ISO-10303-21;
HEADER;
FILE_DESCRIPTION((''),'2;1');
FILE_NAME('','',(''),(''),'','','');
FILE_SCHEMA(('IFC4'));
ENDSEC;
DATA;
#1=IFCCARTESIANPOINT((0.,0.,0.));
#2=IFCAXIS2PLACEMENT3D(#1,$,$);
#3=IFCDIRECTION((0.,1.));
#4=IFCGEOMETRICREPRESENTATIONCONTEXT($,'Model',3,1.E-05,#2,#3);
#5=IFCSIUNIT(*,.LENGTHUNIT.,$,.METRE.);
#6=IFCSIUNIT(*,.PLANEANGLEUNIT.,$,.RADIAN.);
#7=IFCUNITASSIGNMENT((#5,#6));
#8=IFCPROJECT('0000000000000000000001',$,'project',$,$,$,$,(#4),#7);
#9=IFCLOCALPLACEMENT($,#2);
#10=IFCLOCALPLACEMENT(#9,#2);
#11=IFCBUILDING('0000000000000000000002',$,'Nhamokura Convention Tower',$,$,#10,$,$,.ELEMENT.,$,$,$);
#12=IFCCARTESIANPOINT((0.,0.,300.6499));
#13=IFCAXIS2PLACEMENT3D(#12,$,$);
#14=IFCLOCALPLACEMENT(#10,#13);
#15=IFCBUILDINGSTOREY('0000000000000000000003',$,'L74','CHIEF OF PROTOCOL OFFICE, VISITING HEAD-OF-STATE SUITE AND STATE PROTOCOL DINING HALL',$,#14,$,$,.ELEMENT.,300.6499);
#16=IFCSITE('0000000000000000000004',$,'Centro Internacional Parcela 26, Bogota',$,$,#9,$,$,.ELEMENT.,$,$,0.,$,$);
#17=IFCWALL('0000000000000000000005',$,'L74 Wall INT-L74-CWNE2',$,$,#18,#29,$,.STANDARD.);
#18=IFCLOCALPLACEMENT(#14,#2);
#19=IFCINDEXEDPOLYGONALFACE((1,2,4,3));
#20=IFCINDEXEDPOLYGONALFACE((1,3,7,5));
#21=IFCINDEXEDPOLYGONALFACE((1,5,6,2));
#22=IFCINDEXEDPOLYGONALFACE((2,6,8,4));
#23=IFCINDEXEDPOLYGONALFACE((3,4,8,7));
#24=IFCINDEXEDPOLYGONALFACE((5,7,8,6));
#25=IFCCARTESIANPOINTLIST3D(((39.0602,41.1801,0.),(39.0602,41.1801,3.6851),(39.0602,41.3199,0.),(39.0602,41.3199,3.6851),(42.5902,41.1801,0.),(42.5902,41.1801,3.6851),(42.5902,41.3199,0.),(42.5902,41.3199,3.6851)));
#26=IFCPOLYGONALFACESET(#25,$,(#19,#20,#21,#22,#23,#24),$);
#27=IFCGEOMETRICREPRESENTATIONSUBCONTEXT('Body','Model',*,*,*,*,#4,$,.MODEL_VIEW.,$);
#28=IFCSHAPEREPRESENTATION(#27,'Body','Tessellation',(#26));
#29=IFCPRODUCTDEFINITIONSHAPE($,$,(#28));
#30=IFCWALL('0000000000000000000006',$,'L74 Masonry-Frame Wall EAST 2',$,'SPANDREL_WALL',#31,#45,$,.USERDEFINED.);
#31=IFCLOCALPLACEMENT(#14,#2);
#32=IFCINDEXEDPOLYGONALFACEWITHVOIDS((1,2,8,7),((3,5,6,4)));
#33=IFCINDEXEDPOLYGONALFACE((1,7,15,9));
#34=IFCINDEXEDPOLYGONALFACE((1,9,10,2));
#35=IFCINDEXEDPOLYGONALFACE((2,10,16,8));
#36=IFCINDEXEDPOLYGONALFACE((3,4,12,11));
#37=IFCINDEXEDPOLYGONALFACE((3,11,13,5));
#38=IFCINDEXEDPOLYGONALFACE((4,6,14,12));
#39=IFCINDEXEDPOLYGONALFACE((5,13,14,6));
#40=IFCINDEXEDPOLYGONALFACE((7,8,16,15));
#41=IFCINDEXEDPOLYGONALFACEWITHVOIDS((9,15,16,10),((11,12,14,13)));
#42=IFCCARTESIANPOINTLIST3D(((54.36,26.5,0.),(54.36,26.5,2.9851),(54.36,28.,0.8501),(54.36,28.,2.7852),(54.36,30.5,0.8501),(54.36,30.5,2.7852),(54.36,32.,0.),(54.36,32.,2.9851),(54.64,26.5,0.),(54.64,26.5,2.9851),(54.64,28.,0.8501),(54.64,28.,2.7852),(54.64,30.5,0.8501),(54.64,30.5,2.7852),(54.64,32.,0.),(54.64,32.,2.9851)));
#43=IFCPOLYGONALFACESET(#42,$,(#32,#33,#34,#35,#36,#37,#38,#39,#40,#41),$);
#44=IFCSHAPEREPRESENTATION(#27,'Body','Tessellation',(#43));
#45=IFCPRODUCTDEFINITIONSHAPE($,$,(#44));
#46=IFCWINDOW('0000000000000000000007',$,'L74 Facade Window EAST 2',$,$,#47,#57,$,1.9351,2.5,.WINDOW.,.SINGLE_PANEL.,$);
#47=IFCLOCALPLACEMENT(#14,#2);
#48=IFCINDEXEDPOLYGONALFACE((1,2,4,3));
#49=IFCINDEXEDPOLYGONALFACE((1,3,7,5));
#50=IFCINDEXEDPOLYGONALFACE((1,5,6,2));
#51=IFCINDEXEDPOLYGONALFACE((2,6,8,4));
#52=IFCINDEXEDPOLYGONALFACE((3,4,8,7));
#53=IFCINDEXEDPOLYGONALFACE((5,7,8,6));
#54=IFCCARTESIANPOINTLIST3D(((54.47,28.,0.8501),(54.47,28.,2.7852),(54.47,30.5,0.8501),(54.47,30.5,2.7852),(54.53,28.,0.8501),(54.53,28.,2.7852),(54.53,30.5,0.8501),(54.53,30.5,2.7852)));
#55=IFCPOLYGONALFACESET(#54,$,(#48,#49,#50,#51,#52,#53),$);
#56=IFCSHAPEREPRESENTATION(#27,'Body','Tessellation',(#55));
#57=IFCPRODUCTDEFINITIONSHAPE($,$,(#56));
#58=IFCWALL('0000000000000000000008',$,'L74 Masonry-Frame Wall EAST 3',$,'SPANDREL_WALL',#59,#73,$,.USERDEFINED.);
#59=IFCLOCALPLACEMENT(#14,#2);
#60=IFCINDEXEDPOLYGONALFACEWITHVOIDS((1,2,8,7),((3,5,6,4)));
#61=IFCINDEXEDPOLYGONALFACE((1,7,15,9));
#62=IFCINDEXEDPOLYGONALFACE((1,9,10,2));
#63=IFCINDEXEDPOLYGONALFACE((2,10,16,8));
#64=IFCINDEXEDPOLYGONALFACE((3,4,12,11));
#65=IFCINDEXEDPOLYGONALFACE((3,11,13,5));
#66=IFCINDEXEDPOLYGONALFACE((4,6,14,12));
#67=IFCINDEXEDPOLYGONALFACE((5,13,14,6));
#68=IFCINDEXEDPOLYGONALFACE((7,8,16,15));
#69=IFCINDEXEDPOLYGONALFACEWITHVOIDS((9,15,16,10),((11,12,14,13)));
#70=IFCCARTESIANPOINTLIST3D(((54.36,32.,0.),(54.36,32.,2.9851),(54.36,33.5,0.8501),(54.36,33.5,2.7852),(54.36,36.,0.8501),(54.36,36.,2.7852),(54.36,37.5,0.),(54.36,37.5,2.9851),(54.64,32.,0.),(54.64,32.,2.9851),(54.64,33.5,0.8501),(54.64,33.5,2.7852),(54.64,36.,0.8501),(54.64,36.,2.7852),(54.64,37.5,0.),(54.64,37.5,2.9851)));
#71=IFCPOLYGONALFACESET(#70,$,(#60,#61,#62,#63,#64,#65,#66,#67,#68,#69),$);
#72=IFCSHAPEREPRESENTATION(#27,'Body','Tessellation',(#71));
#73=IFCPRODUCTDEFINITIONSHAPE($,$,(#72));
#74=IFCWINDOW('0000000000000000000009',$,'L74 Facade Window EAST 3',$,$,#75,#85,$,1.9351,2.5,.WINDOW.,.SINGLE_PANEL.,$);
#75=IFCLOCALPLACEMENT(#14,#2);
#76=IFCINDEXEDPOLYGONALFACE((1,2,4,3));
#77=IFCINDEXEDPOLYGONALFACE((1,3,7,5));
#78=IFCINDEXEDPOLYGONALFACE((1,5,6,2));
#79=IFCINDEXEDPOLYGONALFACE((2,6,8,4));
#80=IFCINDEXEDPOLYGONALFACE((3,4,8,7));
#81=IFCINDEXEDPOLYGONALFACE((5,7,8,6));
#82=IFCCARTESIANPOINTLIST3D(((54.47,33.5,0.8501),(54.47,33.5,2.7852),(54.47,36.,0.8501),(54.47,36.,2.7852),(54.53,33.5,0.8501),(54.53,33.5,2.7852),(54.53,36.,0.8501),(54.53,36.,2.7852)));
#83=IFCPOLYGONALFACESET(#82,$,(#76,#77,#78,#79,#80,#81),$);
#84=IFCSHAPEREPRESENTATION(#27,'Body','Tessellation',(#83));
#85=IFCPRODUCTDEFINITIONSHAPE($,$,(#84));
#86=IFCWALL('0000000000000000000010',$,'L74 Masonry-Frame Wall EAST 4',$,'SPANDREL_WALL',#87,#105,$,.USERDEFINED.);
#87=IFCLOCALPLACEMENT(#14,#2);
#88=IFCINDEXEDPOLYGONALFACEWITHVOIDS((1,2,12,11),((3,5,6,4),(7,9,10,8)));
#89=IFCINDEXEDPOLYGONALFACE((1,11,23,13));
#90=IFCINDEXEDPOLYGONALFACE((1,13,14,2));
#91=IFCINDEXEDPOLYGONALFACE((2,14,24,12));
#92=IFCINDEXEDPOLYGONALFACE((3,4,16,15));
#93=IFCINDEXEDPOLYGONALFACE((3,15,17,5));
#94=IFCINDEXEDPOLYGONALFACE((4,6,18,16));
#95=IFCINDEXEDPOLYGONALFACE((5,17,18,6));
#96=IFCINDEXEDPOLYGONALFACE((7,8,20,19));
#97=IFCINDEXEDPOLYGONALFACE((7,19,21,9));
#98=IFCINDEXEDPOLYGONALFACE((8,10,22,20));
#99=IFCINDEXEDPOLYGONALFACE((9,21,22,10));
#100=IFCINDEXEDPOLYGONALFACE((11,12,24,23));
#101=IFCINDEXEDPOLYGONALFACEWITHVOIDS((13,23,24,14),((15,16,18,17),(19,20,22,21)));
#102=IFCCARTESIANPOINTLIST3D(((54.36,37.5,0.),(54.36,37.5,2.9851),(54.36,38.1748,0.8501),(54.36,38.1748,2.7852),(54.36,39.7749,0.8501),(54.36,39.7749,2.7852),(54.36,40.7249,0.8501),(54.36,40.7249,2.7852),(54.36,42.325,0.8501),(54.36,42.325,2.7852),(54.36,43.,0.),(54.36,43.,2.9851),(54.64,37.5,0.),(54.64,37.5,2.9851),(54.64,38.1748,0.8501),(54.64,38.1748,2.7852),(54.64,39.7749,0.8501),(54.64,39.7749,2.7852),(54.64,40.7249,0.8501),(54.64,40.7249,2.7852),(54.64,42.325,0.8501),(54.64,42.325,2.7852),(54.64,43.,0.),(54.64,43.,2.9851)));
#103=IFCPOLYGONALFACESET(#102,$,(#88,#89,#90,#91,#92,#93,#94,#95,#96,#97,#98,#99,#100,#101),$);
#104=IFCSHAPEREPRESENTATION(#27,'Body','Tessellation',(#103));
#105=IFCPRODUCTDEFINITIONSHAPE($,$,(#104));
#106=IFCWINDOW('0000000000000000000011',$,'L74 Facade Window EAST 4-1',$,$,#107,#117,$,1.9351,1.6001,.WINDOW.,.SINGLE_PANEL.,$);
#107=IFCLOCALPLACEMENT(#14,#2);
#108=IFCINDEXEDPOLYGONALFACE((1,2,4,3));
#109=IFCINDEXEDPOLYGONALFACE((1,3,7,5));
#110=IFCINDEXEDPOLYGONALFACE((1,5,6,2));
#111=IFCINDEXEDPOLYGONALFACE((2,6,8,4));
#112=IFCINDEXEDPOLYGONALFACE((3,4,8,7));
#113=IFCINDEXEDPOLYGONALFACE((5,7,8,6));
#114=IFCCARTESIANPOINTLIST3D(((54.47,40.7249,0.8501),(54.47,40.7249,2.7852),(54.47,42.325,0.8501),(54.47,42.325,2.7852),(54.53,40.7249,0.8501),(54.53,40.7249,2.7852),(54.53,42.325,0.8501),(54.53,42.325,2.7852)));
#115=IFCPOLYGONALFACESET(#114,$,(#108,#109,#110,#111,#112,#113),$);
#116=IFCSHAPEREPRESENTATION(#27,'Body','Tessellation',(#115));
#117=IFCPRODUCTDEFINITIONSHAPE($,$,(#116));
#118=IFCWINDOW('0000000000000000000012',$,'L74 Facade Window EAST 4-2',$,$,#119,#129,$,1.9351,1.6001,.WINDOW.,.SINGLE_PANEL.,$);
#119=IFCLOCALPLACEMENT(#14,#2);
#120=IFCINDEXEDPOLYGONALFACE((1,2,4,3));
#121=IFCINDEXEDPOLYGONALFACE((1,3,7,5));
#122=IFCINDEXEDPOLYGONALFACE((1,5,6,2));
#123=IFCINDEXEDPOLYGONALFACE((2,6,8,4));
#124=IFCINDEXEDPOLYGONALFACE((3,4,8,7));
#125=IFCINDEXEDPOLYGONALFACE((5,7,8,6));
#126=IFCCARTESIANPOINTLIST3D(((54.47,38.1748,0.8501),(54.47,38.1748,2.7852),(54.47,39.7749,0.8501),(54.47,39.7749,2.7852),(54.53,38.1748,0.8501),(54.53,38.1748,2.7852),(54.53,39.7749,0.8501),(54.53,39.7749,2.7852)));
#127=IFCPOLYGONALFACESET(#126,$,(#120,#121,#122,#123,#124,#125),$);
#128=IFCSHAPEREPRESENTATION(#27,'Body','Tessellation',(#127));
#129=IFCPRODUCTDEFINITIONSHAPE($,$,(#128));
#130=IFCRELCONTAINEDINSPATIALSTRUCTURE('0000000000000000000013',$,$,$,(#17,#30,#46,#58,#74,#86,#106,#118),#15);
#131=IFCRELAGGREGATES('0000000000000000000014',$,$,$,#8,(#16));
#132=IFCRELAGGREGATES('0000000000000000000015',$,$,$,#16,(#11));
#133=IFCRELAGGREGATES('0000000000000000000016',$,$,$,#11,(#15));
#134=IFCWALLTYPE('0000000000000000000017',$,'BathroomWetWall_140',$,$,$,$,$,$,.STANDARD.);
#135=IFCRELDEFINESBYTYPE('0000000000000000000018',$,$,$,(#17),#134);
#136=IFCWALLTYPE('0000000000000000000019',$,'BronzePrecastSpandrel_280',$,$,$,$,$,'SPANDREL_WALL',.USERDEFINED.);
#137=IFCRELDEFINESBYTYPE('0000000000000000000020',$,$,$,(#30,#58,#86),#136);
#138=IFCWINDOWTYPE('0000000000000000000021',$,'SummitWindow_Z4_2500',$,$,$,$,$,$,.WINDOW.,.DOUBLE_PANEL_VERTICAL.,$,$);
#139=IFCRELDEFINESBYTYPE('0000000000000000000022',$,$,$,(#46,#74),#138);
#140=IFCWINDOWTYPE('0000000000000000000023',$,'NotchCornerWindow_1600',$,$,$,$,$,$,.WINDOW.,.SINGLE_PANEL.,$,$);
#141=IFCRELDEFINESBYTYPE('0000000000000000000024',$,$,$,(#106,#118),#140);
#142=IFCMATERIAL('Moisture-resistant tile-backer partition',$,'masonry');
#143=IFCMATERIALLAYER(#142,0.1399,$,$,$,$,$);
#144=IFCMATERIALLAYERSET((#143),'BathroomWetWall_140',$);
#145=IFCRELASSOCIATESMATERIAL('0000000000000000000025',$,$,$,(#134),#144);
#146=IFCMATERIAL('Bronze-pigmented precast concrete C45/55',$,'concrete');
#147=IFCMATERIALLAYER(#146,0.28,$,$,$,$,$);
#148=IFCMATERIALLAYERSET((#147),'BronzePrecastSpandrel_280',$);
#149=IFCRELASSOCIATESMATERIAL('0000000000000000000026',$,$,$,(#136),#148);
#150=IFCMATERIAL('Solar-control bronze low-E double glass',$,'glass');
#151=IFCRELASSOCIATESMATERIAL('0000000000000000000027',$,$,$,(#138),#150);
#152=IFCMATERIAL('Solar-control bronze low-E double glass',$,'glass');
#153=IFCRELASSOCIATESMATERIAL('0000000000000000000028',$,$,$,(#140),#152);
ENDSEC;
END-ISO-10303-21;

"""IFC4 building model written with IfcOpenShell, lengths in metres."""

from ifc_helpers import new_model, si_unit, direction, frame, frame_2d, origin, place, context, subcontext, project, spatial, rectangle, extrude, material, layer, layer_set, type_object, element, fill, save


model = new_model("IFC4")

# Units and contexts
model_context = context("Model", 3, precision=1e-05, world=origin(), true_north=direction((0.0, 1.0)))
body_context = subcontext(model_context, "Body", "Model", "MODEL_VIEW")
ifc_project = project(units=[si_unit("LENGTHUNIT", "METRE"), si_unit("PLANEANGLEUNIT", "RADIAN")], contexts=[model_context])

# Site, building, storey
site_placement = place(None, origin())
site = spatial("IfcSite", under=ifc_project, at=site_placement, Name="Centro Internacional Parcela 26, Bogota", CompositionType="ELEMENT", RefElevation=0.0)
building_placement = place(site_placement, origin())
building = spatial("IfcBuilding", under=site, at=building_placement, Name="Nhamokura Convention Tower", CompositionType="ELEMENT")
storey_placement = place(building_placement, frame((0.0, 0.0, 300.6499)))
storey = spatial("IfcBuildingStorey", under=building, at=storey_placement, Name="L74", Description="CHIEF OF PROTOCOL OFFICE, VISITING HEAD-OF-STATE SUITE AND STATE PROTOCOL DINING HALL", CompositionType="ELEMENT", Elevation=300.6499)

# Wall
ifc_material_1 = material(Name="Moisture-resistant tile-backer partition", Category="masonry")
ifc_layer_1 = layer(ifc_material_1, 0.1399)
ifc_layer_set_1 = layer_set([ifc_layer_1], Name="BathroomWetWall_140")
wall_type_1 = type_object("IfcWallType", Name="BathroomWetWall_140", PredefinedType="STANDARD", material=ifc_layer_set_1)
wall_1_placement = place(storey_placement, frame((39.0601, 41.25, 0.0), z_axis=(0.0, 0.0, 1.0), x_axis=(1.0, 0.0, 0.0)))
element("IfcWall", 1, at=wall_1_placement, inside=storey, type_object=wall_type_1, Name="L74 Wall INT-L74-CWNE2", PredefinedType="STANDARD", context=body_context, shape_type="SweptSolid", body=[
    extrude(rectangle(XDim=3.53, YDim=0.1399, at=frame_2d((1.7651, 0.0))), origin(), (0.0, 0.0, 1.0), 3.6851),
])

# Walls, openings, windows
ifc_material_2 = material(Name="Bronze-pigmented precast concrete C45/55", Category="concrete")
ifc_layer_2 = layer(ifc_material_2, 0.28)
ifc_layer_set_2 = layer_set([ifc_layer_2], Name="BronzePrecastSpandrel_280")
wall_type_2 = type_object("IfcWallType", Name="BronzePrecastSpandrel_280", ElementType="SPANDREL_WALL", PredefinedType="USERDEFINED", material=ifc_layer_set_2)
wall_2_placement = place(storey_placement, frame((54.5, 32.0, 0.0), z_axis=(0.0, 0.0, 1.0), x_axis=(0.0, -1.0, 0.0)))
wall_2 = element("IfcWall", 2, at=wall_2_placement, inside=storey, type_object=wall_type_2, Name="L74 Masonry-Frame Wall EAST 2", ObjectType="SPANDREL_WALL", PredefinedType="USERDEFINED", context=body_context, shape_type="SweptSolid", body=[
    extrude(rectangle(XDim=5.5, YDim=0.28, at=frame_2d((2.75, 0.0))), origin(), (0.0, 0.0, 1.0), 2.9851),
])
opening_1_placement = place(wall_2_placement, frame((1.5, 0.0, 0.8501)))
opening_1 = element("IfcOpeningElement", 3, at=opening_1_placement, cuts=wall_2, PredefinedType="OPENING", context=body_context, shape_type="SweptSolid", body=[
    extrude(rectangle(XDim=2.5, YDim=1.9351, at=frame_2d((1.25, 0.9675))), frame((0.0, 0.1499, 0.0), z_axis=(0.0, -1.0, 0.0), x_axis=(1.0, 0.0, 0.0)), (0.0, 0.0, 1.0), 0.3),
])
ifc_material_3 = material(Name="Solar-control bronze low-E double glass", Category="glass")
window_type_1 = type_object("IfcWindowType", Name="SummitWindow_Z4_2500", PartitioningType="DOUBLE_PANEL_VERTICAL", PredefinedType="WINDOW", material=ifc_material_3)
window_1_placement = place(opening_1_placement, origin())
window_1 = element("IfcWindow", 4, at=window_1_placement, inside=storey, type_object=window_type_1, Name="L74 Facade Window EAST 2", OverallHeight=1.9351, OverallWidth=2.5, PartitioningType="SINGLE_PANEL", PredefinedType="WINDOW", context=body_context, shape_type="SweptSolid", body=[
    extrude(rectangle(XDim=2.5, YDim=1.9351, at=frame_2d((1.25, 0.9675))), frame((0.0, 0.03, 0.0), z_axis=(0.0, -1.0, 0.0), x_axis=(1.0, 0.0, 0.0)), (0.0, 0.0, 1.0), 0.0601),
])
fill(opening_1, window_1)
wall_3_placement = place(storey_placement, frame((54.5, 37.5, 0.0), z_axis=(0.0, 0.0, 1.0), x_axis=(0.0, -1.0, 0.0)))
wall_3 = element("IfcWall", 5, at=wall_3_placement, inside=storey, type_object=wall_type_2, Name="L74 Masonry-Frame Wall EAST 3", ObjectType="SPANDREL_WALL", PredefinedType="USERDEFINED", context=body_context, shape_type="SweptSolid", body=[
    extrude(rectangle(XDim=5.5, YDim=0.28, at=frame_2d((2.75, 0.0))), origin(), (0.0, 0.0, 1.0), 2.9851),
])
opening_2_placement = place(wall_3_placement, frame((1.5, 0.0, 0.8501)))
opening_2 = element("IfcOpeningElement", 6, at=opening_2_placement, cuts=wall_3, PredefinedType="OPENING", context=body_context, shape_type="SweptSolid", body=[
    extrude(rectangle(XDim=2.5, YDim=1.9351, at=frame_2d((1.25, 0.9675))), frame((0.0, 0.1499, 0.0), z_axis=(0.0, -1.0, 0.0), x_axis=(1.0, 0.0, 0.0)), (0.0, 0.0, 1.0), 0.3),
])
window_2_placement = place(opening_2_placement, origin())
window_2 = element("IfcWindow", 7, at=window_2_placement, inside=storey, type_object=window_type_1, Name="L74 Facade Window EAST 3", OverallHeight=1.9351, OverallWidth=2.5, PartitioningType="SINGLE_PANEL", PredefinedType="WINDOW", context=body_context, shape_type="SweptSolid", body=[
    extrude(rectangle(XDim=2.5, YDim=1.9351, at=frame_2d((1.25, 0.9675))), frame((0.0, 0.03, 0.0), z_axis=(0.0, -1.0, 0.0), x_axis=(1.0, 0.0, 0.0)), (0.0, 0.0, 1.0), 0.0601),
])
fill(opening_2, window_2)

# Wall, openings, windows
wall_4_placement = place(storey_placement, frame((54.5, 43.0, 0.0), z_axis=(0.0, 0.0, 1.0), x_axis=(0.0, -1.0, 0.0)))
wall_4 = element("IfcWall", 8, at=wall_4_placement, inside=storey, type_object=wall_type_2, Name="L74 Masonry-Frame Wall EAST 4", ObjectType="SPANDREL_WALL", PredefinedType="USERDEFINED", context=body_context, shape_type="SweptSolid", body=[
    extrude(rectangle(XDim=5.5, YDim=0.28, at=frame_2d((2.75, 0.0))), origin(), (0.0, 0.0, 1.0), 2.9851),
])
opening_3_placement = place(wall_4_placement, frame((0.675, 0.0, 0.8501)))
opening_3 = element("IfcOpeningElement", 9, at=opening_3_placement, cuts=wall_4, PredefinedType="OPENING", context=body_context, shape_type="SweptSolid", body=[
    extrude(rectangle(XDim=1.6001, YDim=1.9351, at=frame_2d((0.8, 0.9675))), frame((0.0, 0.1499, 0.0), z_axis=(0.0, -1.0, 0.0), x_axis=(1.0, 0.0, 0.0)), (0.0, 0.0, 1.0), 0.3),
])
opening_4_placement = place(wall_4_placement, frame((3.2251, 0.0, 0.8501)))
opening_4 = element("IfcOpeningElement", 10, at=opening_4_placement, cuts=wall_4, PredefinedType="OPENING", context=body_context, shape_type="SweptSolid", body=[
    extrude(rectangle(XDim=1.6001, YDim=1.9351, at=frame_2d((0.8, 0.9675))), frame((0.0, 0.1499, 0.0), z_axis=(0.0, -1.0, 0.0), x_axis=(1.0, 0.0, 0.0)), (0.0, 0.0, 1.0), 0.3),
])
ifc_material_4 = material(Name="Solar-control bronze low-E double glass", Category="glass")
window_type_2 = type_object("IfcWindowType", Name="NotchCornerWindow_1600", PartitioningType="SINGLE_PANEL", PredefinedType="WINDOW", material=ifc_material_4)
window_3_placement = place(opening_3_placement, origin())
window_3 = element("IfcWindow", 11, at=window_3_placement, inside=storey, type_object=window_type_2, Name="L74 Facade Window EAST 4-1", OverallHeight=1.9351, OverallWidth=1.6001, PartitioningType="SINGLE_PANEL", PredefinedType="WINDOW", context=body_context, shape_type="SweptSolid", body=[
    extrude(rectangle(XDim=1.6001, YDim=1.9351, at=frame_2d((0.8, 0.9675))), frame((0.0, 0.03, 0.0), z_axis=(0.0, -1.0, 0.0), x_axis=(1.0, 0.0, 0.0)), (0.0, 0.0, 1.0), 0.0601),
])
fill(opening_3, window_3)
window_4_placement = place(opening_4_placement, origin())
window_4 = element("IfcWindow", 12, at=window_4_placement, inside=storey, type_object=window_type_2, Name="L74 Facade Window EAST 4-2", OverallHeight=1.9351, OverallWidth=1.6001, PartitioningType="SINGLE_PANEL", PredefinedType="WINDOW", context=body_context, shape_type="SweptSolid", body=[
    extrude(rectangle(XDim=1.6001, YDim=1.9351, at=frame_2d((0.8, 0.9675))), frame((0.0, 0.03, 0.0), z_axis=(0.0, -1.0, 0.0), x_axis=(1.0, 0.0, 0.0)), (0.0, 0.0, 1.0), 0.0601),
])
fill(opening_4, window_4)

save(model, "model.ifc")
